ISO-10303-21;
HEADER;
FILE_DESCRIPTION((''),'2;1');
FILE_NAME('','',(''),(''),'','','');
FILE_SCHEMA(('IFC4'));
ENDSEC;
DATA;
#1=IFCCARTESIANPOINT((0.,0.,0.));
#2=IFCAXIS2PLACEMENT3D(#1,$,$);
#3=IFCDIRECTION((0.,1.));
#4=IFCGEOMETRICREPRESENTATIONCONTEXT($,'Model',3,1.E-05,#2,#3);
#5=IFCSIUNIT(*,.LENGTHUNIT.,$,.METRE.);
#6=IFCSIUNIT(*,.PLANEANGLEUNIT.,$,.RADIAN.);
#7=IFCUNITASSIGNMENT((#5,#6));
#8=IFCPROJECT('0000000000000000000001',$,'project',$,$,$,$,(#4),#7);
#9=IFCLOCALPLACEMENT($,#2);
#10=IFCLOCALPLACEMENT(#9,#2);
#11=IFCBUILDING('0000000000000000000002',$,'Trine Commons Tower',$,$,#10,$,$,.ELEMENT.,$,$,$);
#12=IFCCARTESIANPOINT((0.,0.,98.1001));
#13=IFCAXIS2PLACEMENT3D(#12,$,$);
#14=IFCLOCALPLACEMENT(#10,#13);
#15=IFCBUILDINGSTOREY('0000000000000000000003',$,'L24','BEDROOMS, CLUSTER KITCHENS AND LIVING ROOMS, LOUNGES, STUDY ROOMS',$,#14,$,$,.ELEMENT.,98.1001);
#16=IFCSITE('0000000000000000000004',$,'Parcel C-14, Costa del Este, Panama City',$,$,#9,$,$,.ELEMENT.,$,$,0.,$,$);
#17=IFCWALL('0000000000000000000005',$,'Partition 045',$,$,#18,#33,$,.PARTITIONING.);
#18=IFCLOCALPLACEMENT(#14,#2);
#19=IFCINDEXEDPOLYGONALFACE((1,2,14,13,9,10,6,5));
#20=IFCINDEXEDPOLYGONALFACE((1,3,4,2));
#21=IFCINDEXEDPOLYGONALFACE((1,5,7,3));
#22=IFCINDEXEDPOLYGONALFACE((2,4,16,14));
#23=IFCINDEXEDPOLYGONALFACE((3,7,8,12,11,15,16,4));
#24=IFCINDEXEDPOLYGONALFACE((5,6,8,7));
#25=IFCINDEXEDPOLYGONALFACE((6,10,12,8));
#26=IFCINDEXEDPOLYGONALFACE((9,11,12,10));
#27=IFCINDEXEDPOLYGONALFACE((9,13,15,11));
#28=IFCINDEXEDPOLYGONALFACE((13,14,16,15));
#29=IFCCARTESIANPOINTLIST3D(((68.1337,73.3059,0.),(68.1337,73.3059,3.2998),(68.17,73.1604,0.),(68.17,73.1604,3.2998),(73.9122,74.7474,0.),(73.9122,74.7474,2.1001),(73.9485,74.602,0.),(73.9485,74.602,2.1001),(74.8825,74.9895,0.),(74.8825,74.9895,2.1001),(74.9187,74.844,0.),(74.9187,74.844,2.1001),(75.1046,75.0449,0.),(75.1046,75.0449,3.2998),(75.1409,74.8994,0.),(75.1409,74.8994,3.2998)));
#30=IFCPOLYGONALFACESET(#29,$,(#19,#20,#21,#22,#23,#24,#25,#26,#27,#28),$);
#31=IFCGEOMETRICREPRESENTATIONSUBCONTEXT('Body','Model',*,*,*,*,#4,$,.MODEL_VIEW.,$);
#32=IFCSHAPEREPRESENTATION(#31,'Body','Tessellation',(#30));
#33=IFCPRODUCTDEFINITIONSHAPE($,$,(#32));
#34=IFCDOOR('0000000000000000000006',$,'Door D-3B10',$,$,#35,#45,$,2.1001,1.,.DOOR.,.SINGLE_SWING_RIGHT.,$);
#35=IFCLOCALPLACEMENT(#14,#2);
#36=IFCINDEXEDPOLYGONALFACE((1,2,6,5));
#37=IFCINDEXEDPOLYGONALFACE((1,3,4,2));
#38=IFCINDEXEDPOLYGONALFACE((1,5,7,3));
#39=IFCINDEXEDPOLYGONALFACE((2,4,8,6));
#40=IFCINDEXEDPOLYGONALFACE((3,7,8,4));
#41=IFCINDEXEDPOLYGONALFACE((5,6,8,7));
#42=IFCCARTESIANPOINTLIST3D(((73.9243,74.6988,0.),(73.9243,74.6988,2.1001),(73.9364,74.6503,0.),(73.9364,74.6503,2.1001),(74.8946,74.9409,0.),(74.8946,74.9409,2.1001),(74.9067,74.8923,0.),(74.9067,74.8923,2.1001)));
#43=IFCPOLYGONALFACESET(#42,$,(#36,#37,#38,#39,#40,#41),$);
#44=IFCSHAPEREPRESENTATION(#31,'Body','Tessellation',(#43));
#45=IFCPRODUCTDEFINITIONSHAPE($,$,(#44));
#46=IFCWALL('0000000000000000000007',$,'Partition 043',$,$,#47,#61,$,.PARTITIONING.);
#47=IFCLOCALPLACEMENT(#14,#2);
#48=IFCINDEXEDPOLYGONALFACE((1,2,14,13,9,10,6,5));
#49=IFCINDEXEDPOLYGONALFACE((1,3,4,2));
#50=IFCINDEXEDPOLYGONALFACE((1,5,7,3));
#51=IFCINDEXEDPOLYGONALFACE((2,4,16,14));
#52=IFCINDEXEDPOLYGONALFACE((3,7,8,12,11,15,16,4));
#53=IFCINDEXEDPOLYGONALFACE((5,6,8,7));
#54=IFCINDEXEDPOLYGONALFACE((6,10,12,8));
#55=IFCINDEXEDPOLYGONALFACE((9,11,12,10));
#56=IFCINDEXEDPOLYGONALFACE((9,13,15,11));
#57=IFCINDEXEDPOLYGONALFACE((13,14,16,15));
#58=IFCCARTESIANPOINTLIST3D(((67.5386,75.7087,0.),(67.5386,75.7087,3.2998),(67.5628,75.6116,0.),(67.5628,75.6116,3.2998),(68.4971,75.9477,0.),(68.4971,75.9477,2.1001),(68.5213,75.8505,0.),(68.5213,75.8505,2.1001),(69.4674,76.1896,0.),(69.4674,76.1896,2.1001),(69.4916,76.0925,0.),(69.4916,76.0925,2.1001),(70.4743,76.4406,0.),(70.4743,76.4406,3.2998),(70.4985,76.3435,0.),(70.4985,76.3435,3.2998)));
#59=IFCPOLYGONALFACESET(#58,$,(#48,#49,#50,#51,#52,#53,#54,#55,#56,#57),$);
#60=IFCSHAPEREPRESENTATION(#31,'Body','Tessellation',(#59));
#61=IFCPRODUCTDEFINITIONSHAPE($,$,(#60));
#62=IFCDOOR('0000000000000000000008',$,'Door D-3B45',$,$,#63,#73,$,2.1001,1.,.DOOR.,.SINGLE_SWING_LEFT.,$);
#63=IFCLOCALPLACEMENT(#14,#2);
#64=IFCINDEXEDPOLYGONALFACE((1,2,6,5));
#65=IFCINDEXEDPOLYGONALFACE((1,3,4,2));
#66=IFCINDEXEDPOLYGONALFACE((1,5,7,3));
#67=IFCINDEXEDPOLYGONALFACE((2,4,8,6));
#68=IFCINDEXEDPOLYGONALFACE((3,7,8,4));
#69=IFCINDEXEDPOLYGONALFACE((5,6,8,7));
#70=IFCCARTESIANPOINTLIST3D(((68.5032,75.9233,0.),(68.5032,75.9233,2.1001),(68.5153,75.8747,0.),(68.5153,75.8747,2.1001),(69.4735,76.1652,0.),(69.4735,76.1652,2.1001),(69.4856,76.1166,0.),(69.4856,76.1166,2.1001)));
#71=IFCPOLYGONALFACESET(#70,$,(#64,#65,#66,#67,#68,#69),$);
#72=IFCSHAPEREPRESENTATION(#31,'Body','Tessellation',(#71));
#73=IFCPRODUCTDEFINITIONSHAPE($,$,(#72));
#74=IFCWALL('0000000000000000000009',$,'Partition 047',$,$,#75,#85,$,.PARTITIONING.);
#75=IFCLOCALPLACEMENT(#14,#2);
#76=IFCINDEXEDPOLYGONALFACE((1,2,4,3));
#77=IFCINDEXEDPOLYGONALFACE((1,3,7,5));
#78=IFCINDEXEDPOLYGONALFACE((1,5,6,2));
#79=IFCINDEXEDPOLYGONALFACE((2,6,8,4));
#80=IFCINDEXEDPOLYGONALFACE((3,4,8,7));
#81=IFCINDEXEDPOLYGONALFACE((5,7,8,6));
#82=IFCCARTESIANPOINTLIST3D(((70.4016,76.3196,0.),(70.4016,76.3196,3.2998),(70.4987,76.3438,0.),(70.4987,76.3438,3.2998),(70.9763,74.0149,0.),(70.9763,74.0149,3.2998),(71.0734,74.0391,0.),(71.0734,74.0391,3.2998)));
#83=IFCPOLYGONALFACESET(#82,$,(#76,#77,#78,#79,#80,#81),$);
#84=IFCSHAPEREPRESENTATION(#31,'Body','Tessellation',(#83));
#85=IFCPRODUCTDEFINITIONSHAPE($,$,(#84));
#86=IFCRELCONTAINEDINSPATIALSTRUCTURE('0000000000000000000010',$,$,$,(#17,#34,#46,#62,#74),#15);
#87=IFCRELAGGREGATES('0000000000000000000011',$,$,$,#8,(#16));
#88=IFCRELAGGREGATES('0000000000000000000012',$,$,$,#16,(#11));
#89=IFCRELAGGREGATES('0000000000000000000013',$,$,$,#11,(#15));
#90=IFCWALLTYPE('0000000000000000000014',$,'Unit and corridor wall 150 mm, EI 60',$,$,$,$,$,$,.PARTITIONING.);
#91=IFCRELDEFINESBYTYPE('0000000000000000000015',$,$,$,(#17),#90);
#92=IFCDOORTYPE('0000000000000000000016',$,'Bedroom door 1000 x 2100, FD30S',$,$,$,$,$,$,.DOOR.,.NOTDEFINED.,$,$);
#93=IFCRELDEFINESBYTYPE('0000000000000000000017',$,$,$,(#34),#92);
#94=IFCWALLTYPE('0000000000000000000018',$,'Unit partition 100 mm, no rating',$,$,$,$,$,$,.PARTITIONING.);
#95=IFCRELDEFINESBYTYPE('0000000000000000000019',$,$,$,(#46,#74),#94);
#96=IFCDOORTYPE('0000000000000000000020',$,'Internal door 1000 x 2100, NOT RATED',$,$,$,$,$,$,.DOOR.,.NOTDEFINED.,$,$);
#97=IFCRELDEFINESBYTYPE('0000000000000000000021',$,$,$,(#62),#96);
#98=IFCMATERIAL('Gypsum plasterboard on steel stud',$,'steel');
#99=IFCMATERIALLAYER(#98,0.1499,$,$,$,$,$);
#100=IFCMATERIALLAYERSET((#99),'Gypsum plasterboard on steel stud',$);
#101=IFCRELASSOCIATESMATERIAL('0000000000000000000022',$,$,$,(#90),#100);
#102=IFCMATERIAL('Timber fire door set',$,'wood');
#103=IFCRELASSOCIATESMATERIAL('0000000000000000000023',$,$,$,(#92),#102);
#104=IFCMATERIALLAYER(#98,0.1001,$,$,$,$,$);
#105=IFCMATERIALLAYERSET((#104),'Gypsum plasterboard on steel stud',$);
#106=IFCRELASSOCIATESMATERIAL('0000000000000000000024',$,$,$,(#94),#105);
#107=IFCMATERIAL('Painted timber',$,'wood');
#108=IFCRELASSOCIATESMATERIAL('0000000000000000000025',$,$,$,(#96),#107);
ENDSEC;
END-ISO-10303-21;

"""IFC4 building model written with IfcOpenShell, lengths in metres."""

from ifc_helpers import new_model, si_unit, direction, frame, frame_2d, origin, place, context, subcontext, project, spatial, rectangle, extrude, material, layer, layer_set, type_object, element, fill, save


model = new_model("IFC4")

# Units and contexts
model_context = context("Model", 3, precision=1e-05, world=origin(), true_north=direction((0.0, 1.0)))
body_context = subcontext(model_context, "Body", "Model", "MODEL_VIEW")
ifc_project = project(units=[si_unit("LENGTHUNIT", "METRE"), si_unit("PLANEANGLEUNIT", "RADIAN")], contexts=[model_context])

# Site, building, storey
site_placement = place(None, origin())
site = spatial("IfcSite", under=ifc_project, at=site_placement, Name="Parcel C-14, Costa del Este, Panama City", CompositionType="ELEMENT", RefElevation=0.0)
building_placement = place(site_placement, origin())
building = spatial("IfcBuilding", under=site, at=building_placement, Name="Trine Commons Tower", CompositionType="ELEMENT")
storey_placement = place(building_placement, frame((0.0, 0.0, 98.1001)))
storey = spatial("IfcBuildingStorey", under=building, at=storey_placement, Name="L24", Description="BEDROOMS, CLUSTER KITCHENS AND LIVING ROOMS, LOUNGES, STUDY ROOMS", CompositionType="ELEMENT", Elevation=98.1001)

# Shared definitions
ifc_material_1 = material(Name="Gypsum plasterboard on steel stud", Category="steel")
ifc_layer_1 = layer(ifc_material_1, 0.1499)
ifc_layer_set_1 = layer_set([ifc_layer_1], Name="Gypsum plasterboard on steel stud")
wall_type_1 = type_object("IfcWallType", Name="Unit and corridor wall 150 mm, EI 60", PredefinedType="PARTITIONING", material=ifc_layer_set_1)

# Shared definitions
ifc_material_2 = material(Name="Painted timber", Category="wood")

# Walls, openings, doors
wall_1_placement = place(storey_placement, frame((68.1519, 73.2332, 0.0), z_axis=(0.0, 0.0, 1.0), x_axis=(0.970264, 0.242048, 0.0)))
wall_1 = element("IfcWall", 1, at=wall_1_placement, inside=storey, type_object=wall_type_1, Name="Partition 045", PredefinedType="PARTITIONING", context=body_context, shape_type="SweptSolid", body=[
    extrude(rectangle(XDim=7.1846, YDim=0.1499, at=frame_2d((3.5923, 0.0))), origin(), (0.0, 0.0, 1.0), 3.2998),
])
opening_1_placement = place(wall_1_placement, frame((5.9556, 0.0, 0.0)))
opening_1 = element("IfcOpeningElement", 2, at=opening_1_placement, cuts=wall_1, PredefinedType="OPENING", context=body_context, shape_type="SweptSolid", body=[
    extrude(rectangle(XDim=1.0, YDim=2.1001, at=frame_2d((0.5, 1.05))), frame((0.0, 0.085, 0.0), z_axis=(0.0, -1.0, 0.0), x_axis=(1.0, 0.0, 0.0)), (0.0, 0.0, 1.0), 0.1699),
])
ifc_material_3 = material(Name="Timber fire door set", Category="wood")
door_type_1 = type_object("IfcDoorType", Name="Bedroom door 1000 x 2100, FD30S", OperationType="NOTDEFINED", PredefinedType="DOOR", material=ifc_material_3)
door_1_placement = place(opening_1_placement, origin())
door_1 = element("IfcDoor", 3, at=door_1_placement, inside=storey, type_object=door_type_1, Name="Door D-3B10", OperationType="SINGLE_SWING_RIGHT", OverallHeight=2.1001, OverallWidth=1.0, PredefinedType="DOOR", context=body_context, shape_type="SweptSolid", body=[
    extrude(rectangle(XDim=1.0, YDim=2.1001, at=frame_2d((0.5, 1.05))), frame((0.0, 0.0249, 0.0), z_axis=(0.0, -1.0, 0.0), x_axis=(1.0, 0.0, 0.0)), (0.0, 0.0, 1.0), 0.05),
])
fill(opening_1, door_1)
ifc_layer_2 = layer(ifc_material_1, 0.1001)
ifc_layer_set_2 = layer_set([ifc_layer_2], Name="Gypsum plasterboard on steel stud")
wall_type_2 = type_object("IfcWallType", Name="Unit partition 100 mm, no rating", PredefinedType="PARTITIONING", material=ifc_layer_set_2)
wall_2_placement = place(storey_placement, frame((67.5508, 75.6602, 0.0), z_axis=(0.0, 0.0, 1.0), x_axis=(0.970299, 0.241909, 0.0)))
wall_2 = element("IfcWall", 4, at=wall_2_placement, inside=storey, type_object=wall_type_2, Name="Partition 043", PredefinedType="PARTITIONING", context=body_context, shape_type="SweptSolid", body=[
    extrude(rectangle(XDim=3.0256, YDim=0.1001, at=frame_2d((1.5127, 0.0))), origin(), (0.0, 0.0, 1.0), 3.2998),
])
opening_2_placement = place(wall_2_placement, frame((0.9878, 0.0, 0.0)))
opening_2 = element("IfcOpeningElement", 5, at=opening_2_placement, cuts=wall_2, PredefinedType="OPENING", context=body_context, shape_type="SweptSolid", body=[
    extrude(rectangle(XDim=1.0, YDim=2.1001, at=frame_2d((0.5, 1.05))), frame((0.0, 0.0601, 0.0), z_axis=(0.0, -1.0, 0.0), x_axis=(1.0, 0.0, 0.0)), (0.0, 0.0, 1.0), 0.1201),
])
door_type_2 = type_object("IfcDoorType", Name="Internal door 1000 x 2100, NOT RATED", OperationType="NOTDEFINED", PredefinedType="DOOR", material=ifc_material_2)
door_2_placement = place(opening_2_placement, origin())
door_2 = element("IfcDoor", 6, at=door_2_placement, inside=storey, type_object=door_type_2, Name="Door D-3B45", OperationType="SINGLE_SWING_LEFT", OverallHeight=2.1001, OverallWidth=1.0, PredefinedType="DOOR", context=body_context, shape_type="SweptSolid", body=[
    extrude(rectangle(XDim=1.0, YDim=2.1001, at=frame_2d((0.5, 1.05))), frame((0.0, 0.0249, 0.0), z_axis=(0.0, -1.0, 0.0), x_axis=(1.0, 0.0, 0.0)), (0.0, 0.0, 1.0), 0.05),
])
fill(opening_2, door_2)

# Wall
wall_3_placement = place(storey_placement, frame((70.4502, 76.3315, 0.0), z_axis=(0.0, 0.0, 1.0), x_axis=(0.241955, -0.970287, 0.0)))
element("IfcWall", 7, at=wall_3_placement, inside=storey, type_object=wall_type_2, Name="Partition 047", PredefinedType="PARTITIONING", context=body_context, shape_type="SweptSolid", body=[
    extrude(rectangle(XDim=2.3752, YDim=0.1001, at=frame_2d((1.1875, 0.0))), origin(), (0.0, 0.0, 1.0), 3.2998),
])

save(model, "model.ifc")
